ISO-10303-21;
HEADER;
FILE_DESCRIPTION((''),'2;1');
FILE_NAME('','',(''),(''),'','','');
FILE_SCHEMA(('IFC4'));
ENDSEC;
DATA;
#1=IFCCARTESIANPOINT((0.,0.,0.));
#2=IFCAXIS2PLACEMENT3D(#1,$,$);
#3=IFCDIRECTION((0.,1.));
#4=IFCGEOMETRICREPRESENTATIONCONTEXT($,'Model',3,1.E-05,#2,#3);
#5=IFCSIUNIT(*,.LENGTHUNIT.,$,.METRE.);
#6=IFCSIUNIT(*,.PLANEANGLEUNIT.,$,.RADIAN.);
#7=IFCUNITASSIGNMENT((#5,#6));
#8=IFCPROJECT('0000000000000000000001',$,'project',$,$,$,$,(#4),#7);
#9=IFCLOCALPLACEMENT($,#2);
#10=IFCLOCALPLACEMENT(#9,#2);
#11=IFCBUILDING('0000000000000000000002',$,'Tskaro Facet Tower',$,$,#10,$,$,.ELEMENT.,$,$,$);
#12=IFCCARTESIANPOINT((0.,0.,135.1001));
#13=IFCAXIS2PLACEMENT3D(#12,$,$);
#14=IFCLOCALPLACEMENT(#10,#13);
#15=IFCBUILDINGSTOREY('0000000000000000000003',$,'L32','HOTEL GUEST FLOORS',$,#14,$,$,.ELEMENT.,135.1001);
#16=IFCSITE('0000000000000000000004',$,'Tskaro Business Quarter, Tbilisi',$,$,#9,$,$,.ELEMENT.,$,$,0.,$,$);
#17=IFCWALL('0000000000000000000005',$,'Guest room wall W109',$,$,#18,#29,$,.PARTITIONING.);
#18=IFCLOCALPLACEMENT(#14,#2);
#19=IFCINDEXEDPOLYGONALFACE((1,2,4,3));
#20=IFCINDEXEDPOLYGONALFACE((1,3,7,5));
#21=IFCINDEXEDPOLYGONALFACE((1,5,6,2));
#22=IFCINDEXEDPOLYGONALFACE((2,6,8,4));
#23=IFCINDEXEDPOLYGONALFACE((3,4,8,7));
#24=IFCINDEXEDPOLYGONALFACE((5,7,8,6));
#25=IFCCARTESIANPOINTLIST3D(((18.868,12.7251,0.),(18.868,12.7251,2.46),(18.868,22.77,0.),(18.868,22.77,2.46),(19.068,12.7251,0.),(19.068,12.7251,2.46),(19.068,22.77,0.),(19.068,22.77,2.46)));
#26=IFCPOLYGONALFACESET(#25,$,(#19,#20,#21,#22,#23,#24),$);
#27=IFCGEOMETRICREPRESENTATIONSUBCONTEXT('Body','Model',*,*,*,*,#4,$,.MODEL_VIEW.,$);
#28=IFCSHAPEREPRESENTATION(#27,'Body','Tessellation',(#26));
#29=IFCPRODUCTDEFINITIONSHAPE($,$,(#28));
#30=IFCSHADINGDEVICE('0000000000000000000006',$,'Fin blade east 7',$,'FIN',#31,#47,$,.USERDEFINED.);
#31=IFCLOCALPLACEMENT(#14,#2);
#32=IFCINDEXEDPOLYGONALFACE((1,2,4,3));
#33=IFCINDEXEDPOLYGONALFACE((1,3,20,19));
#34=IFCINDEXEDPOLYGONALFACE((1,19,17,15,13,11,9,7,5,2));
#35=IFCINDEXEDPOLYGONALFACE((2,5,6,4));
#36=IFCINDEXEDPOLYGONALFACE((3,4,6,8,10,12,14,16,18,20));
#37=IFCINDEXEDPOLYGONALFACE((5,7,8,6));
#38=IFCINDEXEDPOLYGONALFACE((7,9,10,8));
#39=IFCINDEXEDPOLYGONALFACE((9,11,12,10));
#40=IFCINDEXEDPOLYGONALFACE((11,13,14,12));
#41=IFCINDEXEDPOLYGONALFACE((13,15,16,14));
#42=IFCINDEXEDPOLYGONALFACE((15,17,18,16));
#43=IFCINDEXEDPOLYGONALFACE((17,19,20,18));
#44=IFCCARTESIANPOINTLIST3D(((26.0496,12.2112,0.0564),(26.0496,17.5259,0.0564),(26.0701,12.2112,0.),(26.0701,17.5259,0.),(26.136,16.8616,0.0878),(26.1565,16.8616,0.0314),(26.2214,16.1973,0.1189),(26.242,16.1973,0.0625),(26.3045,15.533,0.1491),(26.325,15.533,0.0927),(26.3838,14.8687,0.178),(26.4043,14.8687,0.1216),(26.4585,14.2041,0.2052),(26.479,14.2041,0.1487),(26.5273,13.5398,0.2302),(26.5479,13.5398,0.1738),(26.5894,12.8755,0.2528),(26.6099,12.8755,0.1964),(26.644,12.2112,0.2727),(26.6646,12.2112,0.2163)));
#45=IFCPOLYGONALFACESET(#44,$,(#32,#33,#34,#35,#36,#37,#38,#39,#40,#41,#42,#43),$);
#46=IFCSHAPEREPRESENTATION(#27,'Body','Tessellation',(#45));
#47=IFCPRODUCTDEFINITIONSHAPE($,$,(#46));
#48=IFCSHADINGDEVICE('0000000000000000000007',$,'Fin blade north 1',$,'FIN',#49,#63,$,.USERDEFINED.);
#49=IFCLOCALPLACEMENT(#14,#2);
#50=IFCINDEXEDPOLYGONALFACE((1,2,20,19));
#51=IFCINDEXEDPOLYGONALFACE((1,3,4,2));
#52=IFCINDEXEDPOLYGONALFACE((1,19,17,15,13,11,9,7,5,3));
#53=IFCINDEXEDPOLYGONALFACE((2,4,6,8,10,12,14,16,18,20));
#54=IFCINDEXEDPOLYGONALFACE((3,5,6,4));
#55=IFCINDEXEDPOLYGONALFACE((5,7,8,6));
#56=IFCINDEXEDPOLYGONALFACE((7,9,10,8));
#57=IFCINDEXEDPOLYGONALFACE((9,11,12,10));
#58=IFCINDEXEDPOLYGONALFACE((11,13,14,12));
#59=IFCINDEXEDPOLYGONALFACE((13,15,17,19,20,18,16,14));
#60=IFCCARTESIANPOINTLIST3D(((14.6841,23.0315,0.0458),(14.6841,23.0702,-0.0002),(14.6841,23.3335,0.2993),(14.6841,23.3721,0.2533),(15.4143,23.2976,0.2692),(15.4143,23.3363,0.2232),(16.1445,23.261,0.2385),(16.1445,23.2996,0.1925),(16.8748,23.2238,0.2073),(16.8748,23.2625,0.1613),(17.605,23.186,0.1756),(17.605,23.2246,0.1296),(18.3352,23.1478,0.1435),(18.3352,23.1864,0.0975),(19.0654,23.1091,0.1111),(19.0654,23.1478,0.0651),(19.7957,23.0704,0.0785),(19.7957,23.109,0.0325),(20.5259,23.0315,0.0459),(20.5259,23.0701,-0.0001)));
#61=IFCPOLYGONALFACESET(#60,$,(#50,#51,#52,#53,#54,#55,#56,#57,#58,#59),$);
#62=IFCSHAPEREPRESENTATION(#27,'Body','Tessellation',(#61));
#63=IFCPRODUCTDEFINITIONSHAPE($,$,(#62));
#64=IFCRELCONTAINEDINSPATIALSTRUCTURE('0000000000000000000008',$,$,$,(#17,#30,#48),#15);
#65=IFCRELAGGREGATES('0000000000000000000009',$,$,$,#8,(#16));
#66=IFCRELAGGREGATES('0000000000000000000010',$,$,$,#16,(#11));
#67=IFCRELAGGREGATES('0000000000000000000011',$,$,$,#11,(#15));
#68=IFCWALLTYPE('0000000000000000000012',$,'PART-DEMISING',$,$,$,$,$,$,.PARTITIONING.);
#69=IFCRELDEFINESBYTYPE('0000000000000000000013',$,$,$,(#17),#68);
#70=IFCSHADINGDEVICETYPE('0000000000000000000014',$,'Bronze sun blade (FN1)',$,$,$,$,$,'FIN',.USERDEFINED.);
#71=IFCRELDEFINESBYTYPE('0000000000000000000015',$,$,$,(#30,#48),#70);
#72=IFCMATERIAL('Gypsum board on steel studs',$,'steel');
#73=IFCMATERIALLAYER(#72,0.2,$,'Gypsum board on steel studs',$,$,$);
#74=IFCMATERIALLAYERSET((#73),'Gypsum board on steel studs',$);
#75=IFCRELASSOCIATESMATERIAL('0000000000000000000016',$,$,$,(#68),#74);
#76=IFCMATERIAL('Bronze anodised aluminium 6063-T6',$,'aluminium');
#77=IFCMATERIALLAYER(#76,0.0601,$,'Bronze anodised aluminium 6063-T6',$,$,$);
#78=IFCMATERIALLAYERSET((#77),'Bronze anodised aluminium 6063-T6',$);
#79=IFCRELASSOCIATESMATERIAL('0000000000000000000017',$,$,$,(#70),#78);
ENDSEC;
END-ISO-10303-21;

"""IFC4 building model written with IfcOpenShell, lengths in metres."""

from ifc_helpers import new_model, si_unit, direction, frame, frame_2d, origin, place, context, subcontext, project, spatial, polyline, rectangle, outline, extrude, material, layer, layer_set, type_object, element, save


model = new_model("IFC4")

# Units and contexts
model_context = context("Model", 3, precision=1e-05, world=origin(), true_north=direction((0.0, 1.0)))
body_context = subcontext(model_context, "Body", "Model", "MODEL_VIEW")
ifc_project = project(units=[si_unit("LENGTHUNIT", "METRE"), si_unit("PLANEANGLEUNIT", "RADIAN")], contexts=[model_context])

# Site, building, storey
site_placement = place(None, origin())
site = spatial("IfcSite", under=ifc_project, at=site_placement, Name="Tskaro Business Quarter, Tbilisi", CompositionType="ELEMENT", RefElevation=0.0)
building_placement = place(site_placement, origin())
building = spatial("IfcBuilding", under=site, at=building_placement, Name="Tskaro Facet Tower", CompositionType="ELEMENT")
storey_placement = place(building_placement, frame((0.0, 0.0, 135.1001)))
storey = spatial("IfcBuildingStorey", under=building, at=storey_placement, Name="L32", Description="HOTEL GUEST FLOORS", CompositionType="ELEMENT", Elevation=135.1001)

# Shared definitions
ifc_material_1 = material(Name="Bronze anodised aluminium 6063-T6", Category="aluminium")

# Shared definitions
ifc_material_2 = material(Name="Gypsum board on steel studs", Category="steel")

# Wall
ifc_layer_1 = layer(ifc_material_2, 0.2, Name="Gypsum board on steel studs")
ifc_layer_set_1 = layer_set([ifc_layer_1], Name="Gypsum board on steel studs")
wall_type_1 = type_object("IfcWallType", Name="PART-DEMISING", PredefinedType="PARTITIONING", material=ifc_layer_set_1)
wall_1_placement = place(storey_placement, frame((18.968, 12.7251, 0.0), z_axis=(0.0, 0.0, 1.0), x_axis=(0.0, 1.0, 0.0)))
element("IfcWall", 1, at=wall_1_placement, inside=storey, type_object=wall_type_1, Name="Guest room wall W109", PredefinedType="PARTITIONING", context=body_context, shape_type="SweptSolid", body=[
    extrude(rectangle(XDim=10.0449, YDim=0.2, at=frame_2d((5.0225, 0.0))), origin(), (0.0, 0.0, 1.0), 2.46),
])

# Shading devices
ifc_layer_2 = layer(ifc_material_1, 0.0601, Name="Bronze anodised aluminium 6063-T6")
ifc_layer_set_2 = layer_set([ifc_layer_2], Name="Bronze anodised aluminium 6063-T6")
shading_device_type = type_object("IfcShadingDeviceType", Name="Bronze sun blade (FN1)", ElementType="FIN", PredefinedType="USERDEFINED", material=ifc_layer_set_2)
shading_device_1_placement = place(storey_placement, frame((26.0496, 12.2112, 0.0564), z_axis=(-0.341929, 0.000001, 0.939726), x_axis=(0.0, 1.0, -0.000001)))
element("IfcShadingDevice", 2, at=shading_device_1_placement, inside=storey, type_object=shading_device_type, Name="Fin blade east 7", ObjectType="FIN", PredefinedType="USERDEFINED", context=body_context, shape_type="SweptSolid", body=[
    extrude(outline(polyline([(0.0, 0.0), (5.3147, 0.0), (4.6504, -0.092), (3.9861, -0.1829), (3.3218, -0.2712), (2.6575, -0.3557), (1.9929, -0.4351), (1.3286, -0.5084), (0.6643, -0.5745), (0.0, -0.6326), (0.0, 0.0)])), origin(), (0.0, 0.0, -1.0), 0.0601),
])
shading_device_2_placement = place(storey_placement, frame((20.5259, 23.0315, 0.0459), z_axis=(-0.000012, -0.642933, 0.765923), x_axis=(-1.0, 0.000008, -0.000009)))
element("IfcShadingDevice", 3, at=shading_device_2_placement, inside=storey, type_object=shading_device_type, Name="Fin blade north 1", ObjectType="FIN", PredefinedType="USERDEFINED", context=body_context, shape_type="SweptSolid", body=[
    extrude(outline(polyline([(0.0, 0.0), (5.8418, 0.0), (5.8418, -0.3942), (5.1116, -0.3474), (4.3813, -0.2996), (3.6511, -0.2511), (2.9209, -0.2017), (2.1907, -0.1518), (1.4604, -0.1014), (0.7302, -0.0508), (0.0, 0.0)])), origin(), (0.0, 0.0, -1.0), 0.0601),
])

save(model, "model.ifc")
